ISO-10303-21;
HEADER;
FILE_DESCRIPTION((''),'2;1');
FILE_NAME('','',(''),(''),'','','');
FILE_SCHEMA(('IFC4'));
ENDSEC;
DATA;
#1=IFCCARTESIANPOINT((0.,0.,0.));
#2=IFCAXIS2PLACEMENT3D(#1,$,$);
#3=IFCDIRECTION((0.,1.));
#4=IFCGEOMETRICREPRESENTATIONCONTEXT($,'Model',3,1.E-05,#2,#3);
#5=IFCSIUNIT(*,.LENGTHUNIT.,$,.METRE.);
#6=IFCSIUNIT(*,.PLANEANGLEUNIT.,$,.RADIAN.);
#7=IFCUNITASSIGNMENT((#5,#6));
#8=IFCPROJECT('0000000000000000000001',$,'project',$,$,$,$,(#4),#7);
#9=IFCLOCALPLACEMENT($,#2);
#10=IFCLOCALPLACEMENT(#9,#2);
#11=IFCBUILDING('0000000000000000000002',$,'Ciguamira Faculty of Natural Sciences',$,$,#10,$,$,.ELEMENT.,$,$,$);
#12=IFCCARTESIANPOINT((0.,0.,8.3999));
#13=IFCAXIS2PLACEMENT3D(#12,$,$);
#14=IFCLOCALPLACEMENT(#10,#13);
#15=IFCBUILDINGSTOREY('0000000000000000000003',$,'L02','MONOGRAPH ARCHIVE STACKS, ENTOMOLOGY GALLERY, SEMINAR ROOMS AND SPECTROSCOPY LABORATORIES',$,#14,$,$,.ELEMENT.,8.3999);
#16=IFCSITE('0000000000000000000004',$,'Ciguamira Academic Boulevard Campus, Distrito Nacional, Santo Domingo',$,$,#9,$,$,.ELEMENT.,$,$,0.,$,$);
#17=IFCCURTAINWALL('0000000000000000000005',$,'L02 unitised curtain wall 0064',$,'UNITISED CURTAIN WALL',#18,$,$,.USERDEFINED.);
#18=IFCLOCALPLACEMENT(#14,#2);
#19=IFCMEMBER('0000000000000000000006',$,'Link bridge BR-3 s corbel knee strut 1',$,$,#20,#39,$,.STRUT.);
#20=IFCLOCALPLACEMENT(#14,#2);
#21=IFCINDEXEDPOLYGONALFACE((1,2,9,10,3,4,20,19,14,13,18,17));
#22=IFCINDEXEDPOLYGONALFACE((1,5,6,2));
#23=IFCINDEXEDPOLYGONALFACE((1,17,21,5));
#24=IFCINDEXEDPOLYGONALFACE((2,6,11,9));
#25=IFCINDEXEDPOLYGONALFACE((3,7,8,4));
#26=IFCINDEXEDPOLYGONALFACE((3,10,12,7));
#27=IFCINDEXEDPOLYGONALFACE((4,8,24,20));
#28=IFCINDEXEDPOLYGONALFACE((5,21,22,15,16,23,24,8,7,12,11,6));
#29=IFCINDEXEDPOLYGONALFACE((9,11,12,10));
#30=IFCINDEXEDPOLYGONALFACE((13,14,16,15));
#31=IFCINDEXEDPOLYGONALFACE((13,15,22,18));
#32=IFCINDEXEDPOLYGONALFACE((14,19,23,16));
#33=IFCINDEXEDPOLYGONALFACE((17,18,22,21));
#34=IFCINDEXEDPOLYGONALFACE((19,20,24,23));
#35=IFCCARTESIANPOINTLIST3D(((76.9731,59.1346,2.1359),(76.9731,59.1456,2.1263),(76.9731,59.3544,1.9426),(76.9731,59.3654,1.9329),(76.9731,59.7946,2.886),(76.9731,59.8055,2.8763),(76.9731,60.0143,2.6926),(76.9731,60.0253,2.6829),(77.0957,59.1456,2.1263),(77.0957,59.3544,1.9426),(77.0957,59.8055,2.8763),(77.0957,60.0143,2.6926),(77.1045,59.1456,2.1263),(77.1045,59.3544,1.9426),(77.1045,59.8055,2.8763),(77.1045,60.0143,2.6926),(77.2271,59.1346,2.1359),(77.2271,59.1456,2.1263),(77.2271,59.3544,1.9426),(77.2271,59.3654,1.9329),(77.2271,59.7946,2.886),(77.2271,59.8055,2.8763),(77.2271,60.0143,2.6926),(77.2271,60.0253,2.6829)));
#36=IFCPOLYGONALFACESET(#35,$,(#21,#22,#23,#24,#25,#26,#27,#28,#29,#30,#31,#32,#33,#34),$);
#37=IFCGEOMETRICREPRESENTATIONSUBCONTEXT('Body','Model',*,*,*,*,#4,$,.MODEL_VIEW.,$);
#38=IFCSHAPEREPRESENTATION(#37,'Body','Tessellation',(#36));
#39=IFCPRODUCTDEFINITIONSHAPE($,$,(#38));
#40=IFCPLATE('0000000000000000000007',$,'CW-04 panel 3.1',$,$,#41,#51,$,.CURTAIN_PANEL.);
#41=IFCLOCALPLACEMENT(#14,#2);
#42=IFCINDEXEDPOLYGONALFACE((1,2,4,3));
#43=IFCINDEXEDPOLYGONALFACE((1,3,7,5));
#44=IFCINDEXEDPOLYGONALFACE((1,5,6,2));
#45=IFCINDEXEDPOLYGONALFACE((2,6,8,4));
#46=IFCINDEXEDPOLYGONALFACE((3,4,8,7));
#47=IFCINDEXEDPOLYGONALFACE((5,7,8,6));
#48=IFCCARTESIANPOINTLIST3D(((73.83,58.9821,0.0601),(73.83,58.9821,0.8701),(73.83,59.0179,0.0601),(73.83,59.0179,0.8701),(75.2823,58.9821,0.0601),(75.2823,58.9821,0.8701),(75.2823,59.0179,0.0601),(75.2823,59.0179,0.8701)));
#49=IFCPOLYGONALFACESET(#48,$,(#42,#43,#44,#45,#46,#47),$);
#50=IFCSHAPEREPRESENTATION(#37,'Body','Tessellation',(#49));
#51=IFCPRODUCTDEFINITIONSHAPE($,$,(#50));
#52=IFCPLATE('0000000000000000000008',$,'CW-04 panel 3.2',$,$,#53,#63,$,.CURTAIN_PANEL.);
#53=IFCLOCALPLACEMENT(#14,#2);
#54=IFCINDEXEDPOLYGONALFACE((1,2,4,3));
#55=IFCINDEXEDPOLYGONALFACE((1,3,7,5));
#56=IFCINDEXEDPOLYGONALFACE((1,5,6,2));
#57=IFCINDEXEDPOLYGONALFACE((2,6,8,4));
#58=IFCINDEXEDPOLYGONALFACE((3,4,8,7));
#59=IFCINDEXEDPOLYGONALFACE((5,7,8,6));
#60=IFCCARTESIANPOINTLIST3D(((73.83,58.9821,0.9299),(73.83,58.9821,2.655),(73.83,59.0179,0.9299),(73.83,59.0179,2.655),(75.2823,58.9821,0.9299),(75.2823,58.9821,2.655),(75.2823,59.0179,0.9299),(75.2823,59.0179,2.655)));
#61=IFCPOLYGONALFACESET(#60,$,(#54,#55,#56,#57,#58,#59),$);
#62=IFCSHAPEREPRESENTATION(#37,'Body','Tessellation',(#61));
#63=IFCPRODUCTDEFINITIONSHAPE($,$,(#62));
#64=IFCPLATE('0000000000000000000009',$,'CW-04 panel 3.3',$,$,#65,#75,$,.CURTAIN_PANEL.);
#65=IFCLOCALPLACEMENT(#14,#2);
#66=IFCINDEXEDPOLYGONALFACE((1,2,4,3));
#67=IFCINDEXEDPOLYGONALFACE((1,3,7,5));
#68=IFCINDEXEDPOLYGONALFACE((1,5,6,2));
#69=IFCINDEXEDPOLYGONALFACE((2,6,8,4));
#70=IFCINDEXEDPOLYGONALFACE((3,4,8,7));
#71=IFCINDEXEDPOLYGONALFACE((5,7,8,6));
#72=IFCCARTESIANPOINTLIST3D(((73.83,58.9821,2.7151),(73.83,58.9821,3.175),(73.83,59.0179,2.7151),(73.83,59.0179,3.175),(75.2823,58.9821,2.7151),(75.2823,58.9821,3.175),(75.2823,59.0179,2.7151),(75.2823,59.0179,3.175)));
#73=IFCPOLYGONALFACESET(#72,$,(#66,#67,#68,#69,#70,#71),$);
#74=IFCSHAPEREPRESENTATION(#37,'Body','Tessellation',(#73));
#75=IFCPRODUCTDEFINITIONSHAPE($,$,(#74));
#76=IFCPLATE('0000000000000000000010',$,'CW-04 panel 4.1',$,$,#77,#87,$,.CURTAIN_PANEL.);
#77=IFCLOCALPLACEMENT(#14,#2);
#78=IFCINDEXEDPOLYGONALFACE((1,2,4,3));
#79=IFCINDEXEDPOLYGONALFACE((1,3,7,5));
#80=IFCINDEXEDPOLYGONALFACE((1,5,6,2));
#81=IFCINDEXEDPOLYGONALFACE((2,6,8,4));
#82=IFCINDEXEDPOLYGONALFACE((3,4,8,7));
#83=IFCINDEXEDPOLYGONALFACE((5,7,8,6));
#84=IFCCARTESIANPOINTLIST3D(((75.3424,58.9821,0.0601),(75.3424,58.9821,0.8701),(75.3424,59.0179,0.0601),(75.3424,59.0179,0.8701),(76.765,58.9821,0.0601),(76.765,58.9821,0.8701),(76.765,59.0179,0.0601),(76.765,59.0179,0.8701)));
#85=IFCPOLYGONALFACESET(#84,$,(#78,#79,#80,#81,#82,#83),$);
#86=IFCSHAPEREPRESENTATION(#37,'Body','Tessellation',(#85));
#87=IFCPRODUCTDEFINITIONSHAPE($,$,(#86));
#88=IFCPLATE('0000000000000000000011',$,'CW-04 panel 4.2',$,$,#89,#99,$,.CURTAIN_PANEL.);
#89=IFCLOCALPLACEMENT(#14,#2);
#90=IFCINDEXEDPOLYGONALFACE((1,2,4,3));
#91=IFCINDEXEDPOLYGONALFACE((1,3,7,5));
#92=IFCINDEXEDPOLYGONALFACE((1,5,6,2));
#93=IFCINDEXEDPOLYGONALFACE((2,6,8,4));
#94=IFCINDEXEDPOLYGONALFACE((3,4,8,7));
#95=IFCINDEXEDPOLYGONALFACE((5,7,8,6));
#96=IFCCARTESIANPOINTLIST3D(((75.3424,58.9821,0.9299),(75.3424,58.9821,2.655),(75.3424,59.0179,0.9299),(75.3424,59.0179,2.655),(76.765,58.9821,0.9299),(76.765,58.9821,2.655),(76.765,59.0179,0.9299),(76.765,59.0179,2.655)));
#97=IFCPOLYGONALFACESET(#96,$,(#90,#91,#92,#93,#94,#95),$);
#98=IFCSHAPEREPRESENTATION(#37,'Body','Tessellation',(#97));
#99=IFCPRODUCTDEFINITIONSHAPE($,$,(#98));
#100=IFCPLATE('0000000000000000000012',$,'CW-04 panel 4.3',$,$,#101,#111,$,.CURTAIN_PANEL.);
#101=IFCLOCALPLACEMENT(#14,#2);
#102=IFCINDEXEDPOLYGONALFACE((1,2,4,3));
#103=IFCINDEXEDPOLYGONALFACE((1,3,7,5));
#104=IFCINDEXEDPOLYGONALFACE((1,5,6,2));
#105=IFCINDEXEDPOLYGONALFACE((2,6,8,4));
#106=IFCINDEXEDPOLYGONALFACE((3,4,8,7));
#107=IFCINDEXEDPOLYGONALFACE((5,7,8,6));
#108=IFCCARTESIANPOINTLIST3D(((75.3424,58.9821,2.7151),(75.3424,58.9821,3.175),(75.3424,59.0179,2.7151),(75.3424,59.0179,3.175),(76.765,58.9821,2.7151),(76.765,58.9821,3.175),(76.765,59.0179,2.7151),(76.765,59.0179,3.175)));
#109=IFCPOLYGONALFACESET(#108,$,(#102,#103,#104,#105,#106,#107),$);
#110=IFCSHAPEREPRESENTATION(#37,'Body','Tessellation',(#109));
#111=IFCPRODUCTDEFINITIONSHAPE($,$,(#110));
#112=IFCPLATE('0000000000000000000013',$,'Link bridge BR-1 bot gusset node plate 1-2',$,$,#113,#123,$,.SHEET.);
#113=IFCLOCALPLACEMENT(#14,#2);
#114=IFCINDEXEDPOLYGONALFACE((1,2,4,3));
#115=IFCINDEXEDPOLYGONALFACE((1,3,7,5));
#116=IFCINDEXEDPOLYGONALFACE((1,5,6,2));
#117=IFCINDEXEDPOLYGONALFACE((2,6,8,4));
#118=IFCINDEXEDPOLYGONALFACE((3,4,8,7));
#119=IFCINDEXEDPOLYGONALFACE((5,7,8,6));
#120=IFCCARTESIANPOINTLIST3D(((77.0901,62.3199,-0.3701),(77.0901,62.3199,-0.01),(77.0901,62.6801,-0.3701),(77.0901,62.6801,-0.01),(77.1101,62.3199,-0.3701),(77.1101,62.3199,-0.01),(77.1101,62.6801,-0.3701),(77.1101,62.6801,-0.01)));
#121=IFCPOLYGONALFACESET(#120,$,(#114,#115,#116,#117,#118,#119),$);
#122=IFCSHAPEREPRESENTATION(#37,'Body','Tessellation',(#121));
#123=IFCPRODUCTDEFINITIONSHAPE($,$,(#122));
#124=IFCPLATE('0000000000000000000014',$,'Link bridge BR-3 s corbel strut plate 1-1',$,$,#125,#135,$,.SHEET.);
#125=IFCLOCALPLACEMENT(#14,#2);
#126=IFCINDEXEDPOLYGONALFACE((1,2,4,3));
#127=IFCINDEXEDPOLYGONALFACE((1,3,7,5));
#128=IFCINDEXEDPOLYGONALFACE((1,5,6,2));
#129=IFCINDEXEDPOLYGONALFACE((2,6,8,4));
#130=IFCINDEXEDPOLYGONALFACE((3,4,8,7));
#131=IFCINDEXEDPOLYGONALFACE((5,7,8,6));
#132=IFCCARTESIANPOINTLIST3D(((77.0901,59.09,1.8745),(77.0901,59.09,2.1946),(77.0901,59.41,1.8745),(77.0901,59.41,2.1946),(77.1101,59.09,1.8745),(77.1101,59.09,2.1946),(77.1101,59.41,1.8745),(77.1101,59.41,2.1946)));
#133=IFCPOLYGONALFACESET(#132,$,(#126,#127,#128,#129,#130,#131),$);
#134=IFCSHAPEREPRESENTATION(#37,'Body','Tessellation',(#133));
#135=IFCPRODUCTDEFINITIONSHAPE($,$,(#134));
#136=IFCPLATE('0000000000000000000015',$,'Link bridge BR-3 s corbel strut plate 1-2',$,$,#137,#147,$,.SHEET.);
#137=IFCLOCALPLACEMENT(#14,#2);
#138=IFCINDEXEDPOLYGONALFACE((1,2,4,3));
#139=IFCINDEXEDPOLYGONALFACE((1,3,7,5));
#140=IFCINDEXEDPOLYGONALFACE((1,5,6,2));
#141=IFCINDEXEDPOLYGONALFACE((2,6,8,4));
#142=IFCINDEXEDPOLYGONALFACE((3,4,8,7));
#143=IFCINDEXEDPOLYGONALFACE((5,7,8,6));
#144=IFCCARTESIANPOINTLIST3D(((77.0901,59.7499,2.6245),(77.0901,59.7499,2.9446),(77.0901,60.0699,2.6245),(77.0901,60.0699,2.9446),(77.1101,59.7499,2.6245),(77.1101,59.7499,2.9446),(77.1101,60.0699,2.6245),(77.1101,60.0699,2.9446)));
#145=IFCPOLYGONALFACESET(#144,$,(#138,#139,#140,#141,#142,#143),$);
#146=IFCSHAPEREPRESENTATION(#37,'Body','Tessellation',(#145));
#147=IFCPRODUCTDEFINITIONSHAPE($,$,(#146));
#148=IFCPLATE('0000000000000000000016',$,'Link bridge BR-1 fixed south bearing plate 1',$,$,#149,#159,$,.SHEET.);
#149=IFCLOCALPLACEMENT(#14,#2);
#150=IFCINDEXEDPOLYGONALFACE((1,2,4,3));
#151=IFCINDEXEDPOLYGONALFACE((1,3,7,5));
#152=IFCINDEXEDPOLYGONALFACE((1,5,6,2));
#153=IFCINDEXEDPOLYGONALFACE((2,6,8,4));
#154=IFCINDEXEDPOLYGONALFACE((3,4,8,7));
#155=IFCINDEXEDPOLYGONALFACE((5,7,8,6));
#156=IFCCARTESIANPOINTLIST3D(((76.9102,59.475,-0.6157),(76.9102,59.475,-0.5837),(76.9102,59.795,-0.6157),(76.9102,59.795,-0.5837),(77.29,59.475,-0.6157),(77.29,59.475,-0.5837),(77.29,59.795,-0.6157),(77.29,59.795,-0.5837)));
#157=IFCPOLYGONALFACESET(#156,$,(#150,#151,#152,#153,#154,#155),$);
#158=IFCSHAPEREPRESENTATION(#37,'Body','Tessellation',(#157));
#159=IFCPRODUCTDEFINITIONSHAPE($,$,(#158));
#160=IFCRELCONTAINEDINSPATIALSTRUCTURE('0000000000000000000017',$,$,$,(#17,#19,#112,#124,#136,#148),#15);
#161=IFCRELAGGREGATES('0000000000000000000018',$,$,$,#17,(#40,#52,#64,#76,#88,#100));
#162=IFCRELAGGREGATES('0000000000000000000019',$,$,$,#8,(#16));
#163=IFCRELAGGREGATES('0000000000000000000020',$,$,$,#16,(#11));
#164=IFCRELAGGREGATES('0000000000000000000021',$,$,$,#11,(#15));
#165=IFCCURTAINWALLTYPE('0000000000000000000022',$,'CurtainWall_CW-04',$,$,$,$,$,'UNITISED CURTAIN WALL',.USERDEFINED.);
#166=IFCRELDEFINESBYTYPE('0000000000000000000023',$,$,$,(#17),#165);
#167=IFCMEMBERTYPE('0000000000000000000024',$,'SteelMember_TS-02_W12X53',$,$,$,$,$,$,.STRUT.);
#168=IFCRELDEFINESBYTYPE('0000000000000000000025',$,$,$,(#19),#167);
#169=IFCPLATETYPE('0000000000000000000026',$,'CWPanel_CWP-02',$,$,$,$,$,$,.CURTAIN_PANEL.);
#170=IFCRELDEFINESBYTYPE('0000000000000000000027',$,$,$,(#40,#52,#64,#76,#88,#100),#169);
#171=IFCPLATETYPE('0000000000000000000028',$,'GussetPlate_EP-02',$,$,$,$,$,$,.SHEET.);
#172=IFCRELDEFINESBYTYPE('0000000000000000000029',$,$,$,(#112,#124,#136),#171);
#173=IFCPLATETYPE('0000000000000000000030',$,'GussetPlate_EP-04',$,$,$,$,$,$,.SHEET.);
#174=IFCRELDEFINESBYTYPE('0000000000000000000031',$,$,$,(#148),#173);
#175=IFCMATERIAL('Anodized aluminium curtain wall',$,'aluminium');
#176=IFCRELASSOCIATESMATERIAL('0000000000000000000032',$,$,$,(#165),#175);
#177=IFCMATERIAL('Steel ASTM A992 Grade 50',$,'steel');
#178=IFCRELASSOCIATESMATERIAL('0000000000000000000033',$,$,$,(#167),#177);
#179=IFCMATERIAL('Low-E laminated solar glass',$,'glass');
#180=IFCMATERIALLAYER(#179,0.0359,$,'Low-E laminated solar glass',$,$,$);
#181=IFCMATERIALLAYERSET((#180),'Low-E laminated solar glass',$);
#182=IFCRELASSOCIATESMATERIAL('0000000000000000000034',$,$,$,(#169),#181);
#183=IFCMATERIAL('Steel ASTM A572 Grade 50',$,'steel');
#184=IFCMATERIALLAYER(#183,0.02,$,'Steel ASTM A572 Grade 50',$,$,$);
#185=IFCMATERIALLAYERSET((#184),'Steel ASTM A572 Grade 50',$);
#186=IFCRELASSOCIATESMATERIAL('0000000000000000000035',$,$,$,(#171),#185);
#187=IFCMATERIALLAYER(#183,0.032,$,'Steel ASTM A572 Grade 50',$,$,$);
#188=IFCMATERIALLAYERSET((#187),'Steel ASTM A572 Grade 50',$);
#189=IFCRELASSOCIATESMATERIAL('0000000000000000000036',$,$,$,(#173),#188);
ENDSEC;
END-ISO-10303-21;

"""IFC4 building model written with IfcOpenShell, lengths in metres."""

from ifc_helpers import new_model, si_unit, direction, frame, origin, origin_2d, place, context, subcontext, project, spatial, rectangle, i_section, extrude, material, layer, layer_set, material_profile, profile_set, type_object, element, aggregate, save


model = new_model("IFC4")

# Units and contexts
model_context = context("Model", 3, precision=1e-05, world=origin(), true_north=direction((0.0, 1.0)))
body_context = subcontext(model_context, "Body", "Model", "MODEL_VIEW")
ifc_project = project(units=[si_unit("LENGTHUNIT", "METRE"), si_unit("PLANEANGLEUNIT", "RADIAN")], contexts=[model_context])

# Site, building, storey
site_placement = place(None, origin())
site = spatial("IfcSite", under=ifc_project, at=site_placement, Name="Ciguamira Academic Boulevard Campus, Distrito Nacional, Santo Domingo", CompositionType="ELEMENT", RefElevation=0.0)
building_placement = place(site_placement, origin())
building = spatial("IfcBuilding", under=site, at=building_placement, Name="Ciguamira Faculty of Natural Sciences", CompositionType="ELEMENT")
storey_placement = place(building_placement, frame((0.0, 0.0, 8.3999)))
storey = spatial("IfcBuildingStorey", under=building, at=storey_placement, Name="L02", Description="MONOGRAPH ARCHIVE STACKS, ENTOMOLOGY GALLERY, SEMINAR ROOMS AND SPECTROSCOPY LABORATORIES", CompositionType="ELEMENT", Elevation=8.3999)

# Curtain wall
ifc_material_1 = material(Name="Anodized aluminium curtain wall", Category="aluminium")
curtain_wall_type = type_object("IfcCurtainWallType", Name="CurtainWall_CW-04", ElementType="UNITISED CURTAIN WALL", PredefinedType="USERDEFINED", material=ifc_material_1)
curtain_wall_placement = place(storey_placement, origin())
curtain_wall = element("IfcCurtainWall", 1, at=curtain_wall_placement, inside=storey, type_object=curtain_wall_type, Name="L02 unitised curtain wall 0064", ObjectType="UNITISED CURTAIN WALL", PredefinedType="USERDEFINED")

# Member
ifc_material_2 = material(Name="Steel ASTM A992 Grade 50", Category="steel")
ifc_material_profile_1 = material_profile(ifc_material_2, i_section(OverallWidth=0.2539, OverallDepth=0.3074, WebThickness=0.0088, FlangeThickness=0.0146, at=origin_2d()), Name="W12X53")
ifc_profile_set_1 = profile_set([ifc_material_profile_1], Name="Steel ASTM A992 Grade 50")
member_type_1 = type_object("IfcMemberType", Name="SteelMember_TS-02_W12X53", PredefinedType="STRUT", material=ifc_profile_set_1)
member_1_placement = place(storey_placement, frame((77.1001, 59.25, 2.0344), z_axis=(0.0, 0.660578, 0.750757), x_axis=(-1.0, 0.0, 0.0)))
element("IfcMember", 2, at=member_1_placement, inside=storey, type_object=member_type_1, Name="Link bridge BR-3 s corbel knee strut 1", PredefinedType="STRUT", context=body_context, shape_type="SweptSolid", body=[
    extrude(i_section(OverallWidth=0.2539, OverallDepth=0.3074, WebThickness=0.0088, FlangeThickness=0.0146, at=origin_2d()), origin(), (0.0, 0.0, 1.0), 0.999),
])

# Plates
ifc_material_3 = material(Name="Low-E laminated solar glass", Category="glass")
ifc_layer_1 = layer(ifc_material_3, 0.0359, Name="Low-E laminated solar glass")
ifc_layer_set_1 = layer_set([ifc_layer_1], Name="Low-E laminated solar glass")
plate_type_1 = type_object("IfcPlateType", Name="CWPanel_CWP-02", PredefinedType="CURTAIN_PANEL", material=ifc_layer_set_1)
plate_1_placement = place(storey_placement, frame((74.5562, 59.0, 0.0601), z_axis=(0.0, 0.0, 1.0), x_axis=(1.0, 0.0, 0.0)))
plate_1 = element("IfcPlate", 3, at=plate_1_placement, type_object=plate_type_1, Name="CW-04 panel 3.1", PredefinedType="CURTAIN_PANEL", context=body_context, shape_type="SweptSolid", body=[
    extrude(rectangle(XDim=1.4524, YDim=0.0359, at=origin_2d()), origin(), (0.0, 0.0, 1.0), 0.8101),
])
plate_2_placement = place(storey_placement, frame((74.5562, 59.0, 0.9299), z_axis=(0.0, 0.0, 1.0), x_axis=(1.0, 0.0, 0.0)))
plate_2 = element("IfcPlate", 4, at=plate_2_placement, type_object=plate_type_1, Name="CW-04 panel 3.2", PredefinedType="CURTAIN_PANEL", context=body_context, shape_type="SweptSolid", body=[
    extrude(rectangle(XDim=1.4524, YDim=0.0359, at=origin_2d()), origin(), (0.0, 0.0, 1.0), 1.7251),
])
plate_3_placement = place(storey_placement, frame((74.5562, 59.0, 2.7151), z_axis=(0.0, 0.0, 1.0), x_axis=(1.0, 0.0, 0.0)))
plate_3 = element("IfcPlate", 5, at=plate_3_placement, type_object=plate_type_1, Name="CW-04 panel 3.3", PredefinedType="CURTAIN_PANEL", context=body_context, shape_type="SweptSolid", body=[
    extrude(rectangle(XDim=1.4524, YDim=0.0359, at=origin_2d()), origin(), (0.0, 0.0, 1.0), 0.46),
])
plate_4_placement = place(storey_placement, frame((76.0537, 59.0, 0.0601), z_axis=(0.0, 0.0, 1.0), x_axis=(1.0, 0.0, 0.0)))
plate_4 = element("IfcPlate", 6, at=plate_4_placement, type_object=plate_type_1, Name="CW-04 panel 4.1", PredefinedType="CURTAIN_PANEL", context=body_context, shape_type="SweptSolid", body=[
    extrude(rectangle(XDim=1.4226, YDim=0.0359, at=origin_2d()), origin(), (0.0, 0.0, 1.0), 0.8101),
])
plate_5_placement = place(storey_placement, frame((76.0537, 59.0, 0.9299), z_axis=(0.0, 0.0, 1.0), x_axis=(1.0, 0.0, 0.0)))
plate_5 = element("IfcPlate", 7, at=plate_5_placement, type_object=plate_type_1, Name="CW-04 panel 4.2", PredefinedType="CURTAIN_PANEL", context=body_context, shape_type="SweptSolid", body=[
    extrude(rectangle(XDim=1.4226, YDim=0.0359, at=origin_2d()), origin(), (0.0, 0.0, 1.0), 1.7251),
])
plate_6_placement = place(storey_placement, frame((76.0537, 59.0, 2.7151), z_axis=(0.0, 0.0, 1.0), x_axis=(1.0, 0.0, 0.0)))
plate_6 = element("IfcPlate", 8, at=plate_6_placement, type_object=plate_type_1, Name="CW-04 panel 4.3", PredefinedType="CURTAIN_PANEL", context=body_context, shape_type="SweptSolid", body=[
    extrude(rectangle(XDim=1.4226, YDim=0.0359, at=origin_2d()), origin(), (0.0, 0.0, 1.0), 0.46),
])
aggregate(curtain_wall, [plate_1, plate_2, plate_3, plate_4, plate_5, plate_6])

# Plates
ifc_material_4 = material(Name="Steel ASTM A572 Grade 50", Category="steel")
ifc_layer_2 = layer(ifc_material_4, 0.02, Name="Steel ASTM A572 Grade 50")
ifc_layer_set_2 = layer_set([ifc_layer_2], Name="Steel ASTM A572 Grade 50")
plate_type_2 = type_object("IfcPlateType", Name="GussetPlate_EP-02", PredefinedType="SHEET", material=ifc_layer_set_2)
plate_7_placement = place(storey_placement, frame((77.1001, 62.5, -0.3701), z_axis=(0.0, 0.0, 1.0), x_axis=(1.0, 0.0, 0.0)))
element("IfcPlate", 9, at=plate_7_placement, inside=storey, type_object=plate_type_2, Name="Link bridge BR-1 bot gusset node plate 1-2", PredefinedType="SHEET", context=body_context, shape_type="SweptSolid", body=[
    extrude(rectangle(XDim=0.02, YDim=0.3601, at=origin_2d()), origin(), (0.0, 0.0, 1.0), 0.3601),
])
for number, where, z_axis, x_axis, name in (
    (10, (77.1001, 59.25, 1.8745), (0.0, 0.0, 1.0), (1.0, 0.0, 0.0), "Link bridge BR-3 s corbel strut plate 1-1"),
    (11, (77.1001, 59.9099, 2.6245), (0.0, 0.0, 1.0), (1.0, 0.0, 0.0), "Link bridge BR-3 s corbel strut plate 1-2"),
):
    element("IfcPlate", number, at=place(storey_placement, frame(where, z_axis=z_axis, x_axis=x_axis)), inside=storey, type_object=plate_type_2, Name=name, PredefinedType="SHEET", context=body_context, shape_type="SweptSolid", body=[
        extrude(rectangle(XDim=0.02, YDim=0.3201, at=origin_2d()), origin(), (0.0, 0.0, 1.0), 0.3201),
    ])
ifc_layer_3 = layer(ifc_material_4, 0.032, Name="Steel ASTM A572 Grade 50")
ifc_layer_set_3 = layer_set([ifc_layer_3], Name="Steel ASTM A572 Grade 50")
plate_type_3 = type_object("IfcPlateType", Name="GussetPlate_EP-04", PredefinedType="SHEET", material=ifc_layer_set_3)
plate_8_placement = place(storey_placement, frame((77.1001, 59.635, -0.6157), z_axis=(0.0, 0.0, 1.0), x_axis=(1.0, 0.0, 0.0)))
element("IfcPlate", 12, at=plate_8_placement, inside=storey, type_object=plate_type_3, Name="Link bridge BR-1 fixed south bearing plate 1", PredefinedType="SHEET", context=body_context, shape_type="SweptSolid", body=[
    extrude(rectangle(XDim=0.3799, YDim=0.3201, at=origin_2d()), origin(), (0.0, 0.0, 1.0), 0.032),
])

save(model, "model.ifc")
